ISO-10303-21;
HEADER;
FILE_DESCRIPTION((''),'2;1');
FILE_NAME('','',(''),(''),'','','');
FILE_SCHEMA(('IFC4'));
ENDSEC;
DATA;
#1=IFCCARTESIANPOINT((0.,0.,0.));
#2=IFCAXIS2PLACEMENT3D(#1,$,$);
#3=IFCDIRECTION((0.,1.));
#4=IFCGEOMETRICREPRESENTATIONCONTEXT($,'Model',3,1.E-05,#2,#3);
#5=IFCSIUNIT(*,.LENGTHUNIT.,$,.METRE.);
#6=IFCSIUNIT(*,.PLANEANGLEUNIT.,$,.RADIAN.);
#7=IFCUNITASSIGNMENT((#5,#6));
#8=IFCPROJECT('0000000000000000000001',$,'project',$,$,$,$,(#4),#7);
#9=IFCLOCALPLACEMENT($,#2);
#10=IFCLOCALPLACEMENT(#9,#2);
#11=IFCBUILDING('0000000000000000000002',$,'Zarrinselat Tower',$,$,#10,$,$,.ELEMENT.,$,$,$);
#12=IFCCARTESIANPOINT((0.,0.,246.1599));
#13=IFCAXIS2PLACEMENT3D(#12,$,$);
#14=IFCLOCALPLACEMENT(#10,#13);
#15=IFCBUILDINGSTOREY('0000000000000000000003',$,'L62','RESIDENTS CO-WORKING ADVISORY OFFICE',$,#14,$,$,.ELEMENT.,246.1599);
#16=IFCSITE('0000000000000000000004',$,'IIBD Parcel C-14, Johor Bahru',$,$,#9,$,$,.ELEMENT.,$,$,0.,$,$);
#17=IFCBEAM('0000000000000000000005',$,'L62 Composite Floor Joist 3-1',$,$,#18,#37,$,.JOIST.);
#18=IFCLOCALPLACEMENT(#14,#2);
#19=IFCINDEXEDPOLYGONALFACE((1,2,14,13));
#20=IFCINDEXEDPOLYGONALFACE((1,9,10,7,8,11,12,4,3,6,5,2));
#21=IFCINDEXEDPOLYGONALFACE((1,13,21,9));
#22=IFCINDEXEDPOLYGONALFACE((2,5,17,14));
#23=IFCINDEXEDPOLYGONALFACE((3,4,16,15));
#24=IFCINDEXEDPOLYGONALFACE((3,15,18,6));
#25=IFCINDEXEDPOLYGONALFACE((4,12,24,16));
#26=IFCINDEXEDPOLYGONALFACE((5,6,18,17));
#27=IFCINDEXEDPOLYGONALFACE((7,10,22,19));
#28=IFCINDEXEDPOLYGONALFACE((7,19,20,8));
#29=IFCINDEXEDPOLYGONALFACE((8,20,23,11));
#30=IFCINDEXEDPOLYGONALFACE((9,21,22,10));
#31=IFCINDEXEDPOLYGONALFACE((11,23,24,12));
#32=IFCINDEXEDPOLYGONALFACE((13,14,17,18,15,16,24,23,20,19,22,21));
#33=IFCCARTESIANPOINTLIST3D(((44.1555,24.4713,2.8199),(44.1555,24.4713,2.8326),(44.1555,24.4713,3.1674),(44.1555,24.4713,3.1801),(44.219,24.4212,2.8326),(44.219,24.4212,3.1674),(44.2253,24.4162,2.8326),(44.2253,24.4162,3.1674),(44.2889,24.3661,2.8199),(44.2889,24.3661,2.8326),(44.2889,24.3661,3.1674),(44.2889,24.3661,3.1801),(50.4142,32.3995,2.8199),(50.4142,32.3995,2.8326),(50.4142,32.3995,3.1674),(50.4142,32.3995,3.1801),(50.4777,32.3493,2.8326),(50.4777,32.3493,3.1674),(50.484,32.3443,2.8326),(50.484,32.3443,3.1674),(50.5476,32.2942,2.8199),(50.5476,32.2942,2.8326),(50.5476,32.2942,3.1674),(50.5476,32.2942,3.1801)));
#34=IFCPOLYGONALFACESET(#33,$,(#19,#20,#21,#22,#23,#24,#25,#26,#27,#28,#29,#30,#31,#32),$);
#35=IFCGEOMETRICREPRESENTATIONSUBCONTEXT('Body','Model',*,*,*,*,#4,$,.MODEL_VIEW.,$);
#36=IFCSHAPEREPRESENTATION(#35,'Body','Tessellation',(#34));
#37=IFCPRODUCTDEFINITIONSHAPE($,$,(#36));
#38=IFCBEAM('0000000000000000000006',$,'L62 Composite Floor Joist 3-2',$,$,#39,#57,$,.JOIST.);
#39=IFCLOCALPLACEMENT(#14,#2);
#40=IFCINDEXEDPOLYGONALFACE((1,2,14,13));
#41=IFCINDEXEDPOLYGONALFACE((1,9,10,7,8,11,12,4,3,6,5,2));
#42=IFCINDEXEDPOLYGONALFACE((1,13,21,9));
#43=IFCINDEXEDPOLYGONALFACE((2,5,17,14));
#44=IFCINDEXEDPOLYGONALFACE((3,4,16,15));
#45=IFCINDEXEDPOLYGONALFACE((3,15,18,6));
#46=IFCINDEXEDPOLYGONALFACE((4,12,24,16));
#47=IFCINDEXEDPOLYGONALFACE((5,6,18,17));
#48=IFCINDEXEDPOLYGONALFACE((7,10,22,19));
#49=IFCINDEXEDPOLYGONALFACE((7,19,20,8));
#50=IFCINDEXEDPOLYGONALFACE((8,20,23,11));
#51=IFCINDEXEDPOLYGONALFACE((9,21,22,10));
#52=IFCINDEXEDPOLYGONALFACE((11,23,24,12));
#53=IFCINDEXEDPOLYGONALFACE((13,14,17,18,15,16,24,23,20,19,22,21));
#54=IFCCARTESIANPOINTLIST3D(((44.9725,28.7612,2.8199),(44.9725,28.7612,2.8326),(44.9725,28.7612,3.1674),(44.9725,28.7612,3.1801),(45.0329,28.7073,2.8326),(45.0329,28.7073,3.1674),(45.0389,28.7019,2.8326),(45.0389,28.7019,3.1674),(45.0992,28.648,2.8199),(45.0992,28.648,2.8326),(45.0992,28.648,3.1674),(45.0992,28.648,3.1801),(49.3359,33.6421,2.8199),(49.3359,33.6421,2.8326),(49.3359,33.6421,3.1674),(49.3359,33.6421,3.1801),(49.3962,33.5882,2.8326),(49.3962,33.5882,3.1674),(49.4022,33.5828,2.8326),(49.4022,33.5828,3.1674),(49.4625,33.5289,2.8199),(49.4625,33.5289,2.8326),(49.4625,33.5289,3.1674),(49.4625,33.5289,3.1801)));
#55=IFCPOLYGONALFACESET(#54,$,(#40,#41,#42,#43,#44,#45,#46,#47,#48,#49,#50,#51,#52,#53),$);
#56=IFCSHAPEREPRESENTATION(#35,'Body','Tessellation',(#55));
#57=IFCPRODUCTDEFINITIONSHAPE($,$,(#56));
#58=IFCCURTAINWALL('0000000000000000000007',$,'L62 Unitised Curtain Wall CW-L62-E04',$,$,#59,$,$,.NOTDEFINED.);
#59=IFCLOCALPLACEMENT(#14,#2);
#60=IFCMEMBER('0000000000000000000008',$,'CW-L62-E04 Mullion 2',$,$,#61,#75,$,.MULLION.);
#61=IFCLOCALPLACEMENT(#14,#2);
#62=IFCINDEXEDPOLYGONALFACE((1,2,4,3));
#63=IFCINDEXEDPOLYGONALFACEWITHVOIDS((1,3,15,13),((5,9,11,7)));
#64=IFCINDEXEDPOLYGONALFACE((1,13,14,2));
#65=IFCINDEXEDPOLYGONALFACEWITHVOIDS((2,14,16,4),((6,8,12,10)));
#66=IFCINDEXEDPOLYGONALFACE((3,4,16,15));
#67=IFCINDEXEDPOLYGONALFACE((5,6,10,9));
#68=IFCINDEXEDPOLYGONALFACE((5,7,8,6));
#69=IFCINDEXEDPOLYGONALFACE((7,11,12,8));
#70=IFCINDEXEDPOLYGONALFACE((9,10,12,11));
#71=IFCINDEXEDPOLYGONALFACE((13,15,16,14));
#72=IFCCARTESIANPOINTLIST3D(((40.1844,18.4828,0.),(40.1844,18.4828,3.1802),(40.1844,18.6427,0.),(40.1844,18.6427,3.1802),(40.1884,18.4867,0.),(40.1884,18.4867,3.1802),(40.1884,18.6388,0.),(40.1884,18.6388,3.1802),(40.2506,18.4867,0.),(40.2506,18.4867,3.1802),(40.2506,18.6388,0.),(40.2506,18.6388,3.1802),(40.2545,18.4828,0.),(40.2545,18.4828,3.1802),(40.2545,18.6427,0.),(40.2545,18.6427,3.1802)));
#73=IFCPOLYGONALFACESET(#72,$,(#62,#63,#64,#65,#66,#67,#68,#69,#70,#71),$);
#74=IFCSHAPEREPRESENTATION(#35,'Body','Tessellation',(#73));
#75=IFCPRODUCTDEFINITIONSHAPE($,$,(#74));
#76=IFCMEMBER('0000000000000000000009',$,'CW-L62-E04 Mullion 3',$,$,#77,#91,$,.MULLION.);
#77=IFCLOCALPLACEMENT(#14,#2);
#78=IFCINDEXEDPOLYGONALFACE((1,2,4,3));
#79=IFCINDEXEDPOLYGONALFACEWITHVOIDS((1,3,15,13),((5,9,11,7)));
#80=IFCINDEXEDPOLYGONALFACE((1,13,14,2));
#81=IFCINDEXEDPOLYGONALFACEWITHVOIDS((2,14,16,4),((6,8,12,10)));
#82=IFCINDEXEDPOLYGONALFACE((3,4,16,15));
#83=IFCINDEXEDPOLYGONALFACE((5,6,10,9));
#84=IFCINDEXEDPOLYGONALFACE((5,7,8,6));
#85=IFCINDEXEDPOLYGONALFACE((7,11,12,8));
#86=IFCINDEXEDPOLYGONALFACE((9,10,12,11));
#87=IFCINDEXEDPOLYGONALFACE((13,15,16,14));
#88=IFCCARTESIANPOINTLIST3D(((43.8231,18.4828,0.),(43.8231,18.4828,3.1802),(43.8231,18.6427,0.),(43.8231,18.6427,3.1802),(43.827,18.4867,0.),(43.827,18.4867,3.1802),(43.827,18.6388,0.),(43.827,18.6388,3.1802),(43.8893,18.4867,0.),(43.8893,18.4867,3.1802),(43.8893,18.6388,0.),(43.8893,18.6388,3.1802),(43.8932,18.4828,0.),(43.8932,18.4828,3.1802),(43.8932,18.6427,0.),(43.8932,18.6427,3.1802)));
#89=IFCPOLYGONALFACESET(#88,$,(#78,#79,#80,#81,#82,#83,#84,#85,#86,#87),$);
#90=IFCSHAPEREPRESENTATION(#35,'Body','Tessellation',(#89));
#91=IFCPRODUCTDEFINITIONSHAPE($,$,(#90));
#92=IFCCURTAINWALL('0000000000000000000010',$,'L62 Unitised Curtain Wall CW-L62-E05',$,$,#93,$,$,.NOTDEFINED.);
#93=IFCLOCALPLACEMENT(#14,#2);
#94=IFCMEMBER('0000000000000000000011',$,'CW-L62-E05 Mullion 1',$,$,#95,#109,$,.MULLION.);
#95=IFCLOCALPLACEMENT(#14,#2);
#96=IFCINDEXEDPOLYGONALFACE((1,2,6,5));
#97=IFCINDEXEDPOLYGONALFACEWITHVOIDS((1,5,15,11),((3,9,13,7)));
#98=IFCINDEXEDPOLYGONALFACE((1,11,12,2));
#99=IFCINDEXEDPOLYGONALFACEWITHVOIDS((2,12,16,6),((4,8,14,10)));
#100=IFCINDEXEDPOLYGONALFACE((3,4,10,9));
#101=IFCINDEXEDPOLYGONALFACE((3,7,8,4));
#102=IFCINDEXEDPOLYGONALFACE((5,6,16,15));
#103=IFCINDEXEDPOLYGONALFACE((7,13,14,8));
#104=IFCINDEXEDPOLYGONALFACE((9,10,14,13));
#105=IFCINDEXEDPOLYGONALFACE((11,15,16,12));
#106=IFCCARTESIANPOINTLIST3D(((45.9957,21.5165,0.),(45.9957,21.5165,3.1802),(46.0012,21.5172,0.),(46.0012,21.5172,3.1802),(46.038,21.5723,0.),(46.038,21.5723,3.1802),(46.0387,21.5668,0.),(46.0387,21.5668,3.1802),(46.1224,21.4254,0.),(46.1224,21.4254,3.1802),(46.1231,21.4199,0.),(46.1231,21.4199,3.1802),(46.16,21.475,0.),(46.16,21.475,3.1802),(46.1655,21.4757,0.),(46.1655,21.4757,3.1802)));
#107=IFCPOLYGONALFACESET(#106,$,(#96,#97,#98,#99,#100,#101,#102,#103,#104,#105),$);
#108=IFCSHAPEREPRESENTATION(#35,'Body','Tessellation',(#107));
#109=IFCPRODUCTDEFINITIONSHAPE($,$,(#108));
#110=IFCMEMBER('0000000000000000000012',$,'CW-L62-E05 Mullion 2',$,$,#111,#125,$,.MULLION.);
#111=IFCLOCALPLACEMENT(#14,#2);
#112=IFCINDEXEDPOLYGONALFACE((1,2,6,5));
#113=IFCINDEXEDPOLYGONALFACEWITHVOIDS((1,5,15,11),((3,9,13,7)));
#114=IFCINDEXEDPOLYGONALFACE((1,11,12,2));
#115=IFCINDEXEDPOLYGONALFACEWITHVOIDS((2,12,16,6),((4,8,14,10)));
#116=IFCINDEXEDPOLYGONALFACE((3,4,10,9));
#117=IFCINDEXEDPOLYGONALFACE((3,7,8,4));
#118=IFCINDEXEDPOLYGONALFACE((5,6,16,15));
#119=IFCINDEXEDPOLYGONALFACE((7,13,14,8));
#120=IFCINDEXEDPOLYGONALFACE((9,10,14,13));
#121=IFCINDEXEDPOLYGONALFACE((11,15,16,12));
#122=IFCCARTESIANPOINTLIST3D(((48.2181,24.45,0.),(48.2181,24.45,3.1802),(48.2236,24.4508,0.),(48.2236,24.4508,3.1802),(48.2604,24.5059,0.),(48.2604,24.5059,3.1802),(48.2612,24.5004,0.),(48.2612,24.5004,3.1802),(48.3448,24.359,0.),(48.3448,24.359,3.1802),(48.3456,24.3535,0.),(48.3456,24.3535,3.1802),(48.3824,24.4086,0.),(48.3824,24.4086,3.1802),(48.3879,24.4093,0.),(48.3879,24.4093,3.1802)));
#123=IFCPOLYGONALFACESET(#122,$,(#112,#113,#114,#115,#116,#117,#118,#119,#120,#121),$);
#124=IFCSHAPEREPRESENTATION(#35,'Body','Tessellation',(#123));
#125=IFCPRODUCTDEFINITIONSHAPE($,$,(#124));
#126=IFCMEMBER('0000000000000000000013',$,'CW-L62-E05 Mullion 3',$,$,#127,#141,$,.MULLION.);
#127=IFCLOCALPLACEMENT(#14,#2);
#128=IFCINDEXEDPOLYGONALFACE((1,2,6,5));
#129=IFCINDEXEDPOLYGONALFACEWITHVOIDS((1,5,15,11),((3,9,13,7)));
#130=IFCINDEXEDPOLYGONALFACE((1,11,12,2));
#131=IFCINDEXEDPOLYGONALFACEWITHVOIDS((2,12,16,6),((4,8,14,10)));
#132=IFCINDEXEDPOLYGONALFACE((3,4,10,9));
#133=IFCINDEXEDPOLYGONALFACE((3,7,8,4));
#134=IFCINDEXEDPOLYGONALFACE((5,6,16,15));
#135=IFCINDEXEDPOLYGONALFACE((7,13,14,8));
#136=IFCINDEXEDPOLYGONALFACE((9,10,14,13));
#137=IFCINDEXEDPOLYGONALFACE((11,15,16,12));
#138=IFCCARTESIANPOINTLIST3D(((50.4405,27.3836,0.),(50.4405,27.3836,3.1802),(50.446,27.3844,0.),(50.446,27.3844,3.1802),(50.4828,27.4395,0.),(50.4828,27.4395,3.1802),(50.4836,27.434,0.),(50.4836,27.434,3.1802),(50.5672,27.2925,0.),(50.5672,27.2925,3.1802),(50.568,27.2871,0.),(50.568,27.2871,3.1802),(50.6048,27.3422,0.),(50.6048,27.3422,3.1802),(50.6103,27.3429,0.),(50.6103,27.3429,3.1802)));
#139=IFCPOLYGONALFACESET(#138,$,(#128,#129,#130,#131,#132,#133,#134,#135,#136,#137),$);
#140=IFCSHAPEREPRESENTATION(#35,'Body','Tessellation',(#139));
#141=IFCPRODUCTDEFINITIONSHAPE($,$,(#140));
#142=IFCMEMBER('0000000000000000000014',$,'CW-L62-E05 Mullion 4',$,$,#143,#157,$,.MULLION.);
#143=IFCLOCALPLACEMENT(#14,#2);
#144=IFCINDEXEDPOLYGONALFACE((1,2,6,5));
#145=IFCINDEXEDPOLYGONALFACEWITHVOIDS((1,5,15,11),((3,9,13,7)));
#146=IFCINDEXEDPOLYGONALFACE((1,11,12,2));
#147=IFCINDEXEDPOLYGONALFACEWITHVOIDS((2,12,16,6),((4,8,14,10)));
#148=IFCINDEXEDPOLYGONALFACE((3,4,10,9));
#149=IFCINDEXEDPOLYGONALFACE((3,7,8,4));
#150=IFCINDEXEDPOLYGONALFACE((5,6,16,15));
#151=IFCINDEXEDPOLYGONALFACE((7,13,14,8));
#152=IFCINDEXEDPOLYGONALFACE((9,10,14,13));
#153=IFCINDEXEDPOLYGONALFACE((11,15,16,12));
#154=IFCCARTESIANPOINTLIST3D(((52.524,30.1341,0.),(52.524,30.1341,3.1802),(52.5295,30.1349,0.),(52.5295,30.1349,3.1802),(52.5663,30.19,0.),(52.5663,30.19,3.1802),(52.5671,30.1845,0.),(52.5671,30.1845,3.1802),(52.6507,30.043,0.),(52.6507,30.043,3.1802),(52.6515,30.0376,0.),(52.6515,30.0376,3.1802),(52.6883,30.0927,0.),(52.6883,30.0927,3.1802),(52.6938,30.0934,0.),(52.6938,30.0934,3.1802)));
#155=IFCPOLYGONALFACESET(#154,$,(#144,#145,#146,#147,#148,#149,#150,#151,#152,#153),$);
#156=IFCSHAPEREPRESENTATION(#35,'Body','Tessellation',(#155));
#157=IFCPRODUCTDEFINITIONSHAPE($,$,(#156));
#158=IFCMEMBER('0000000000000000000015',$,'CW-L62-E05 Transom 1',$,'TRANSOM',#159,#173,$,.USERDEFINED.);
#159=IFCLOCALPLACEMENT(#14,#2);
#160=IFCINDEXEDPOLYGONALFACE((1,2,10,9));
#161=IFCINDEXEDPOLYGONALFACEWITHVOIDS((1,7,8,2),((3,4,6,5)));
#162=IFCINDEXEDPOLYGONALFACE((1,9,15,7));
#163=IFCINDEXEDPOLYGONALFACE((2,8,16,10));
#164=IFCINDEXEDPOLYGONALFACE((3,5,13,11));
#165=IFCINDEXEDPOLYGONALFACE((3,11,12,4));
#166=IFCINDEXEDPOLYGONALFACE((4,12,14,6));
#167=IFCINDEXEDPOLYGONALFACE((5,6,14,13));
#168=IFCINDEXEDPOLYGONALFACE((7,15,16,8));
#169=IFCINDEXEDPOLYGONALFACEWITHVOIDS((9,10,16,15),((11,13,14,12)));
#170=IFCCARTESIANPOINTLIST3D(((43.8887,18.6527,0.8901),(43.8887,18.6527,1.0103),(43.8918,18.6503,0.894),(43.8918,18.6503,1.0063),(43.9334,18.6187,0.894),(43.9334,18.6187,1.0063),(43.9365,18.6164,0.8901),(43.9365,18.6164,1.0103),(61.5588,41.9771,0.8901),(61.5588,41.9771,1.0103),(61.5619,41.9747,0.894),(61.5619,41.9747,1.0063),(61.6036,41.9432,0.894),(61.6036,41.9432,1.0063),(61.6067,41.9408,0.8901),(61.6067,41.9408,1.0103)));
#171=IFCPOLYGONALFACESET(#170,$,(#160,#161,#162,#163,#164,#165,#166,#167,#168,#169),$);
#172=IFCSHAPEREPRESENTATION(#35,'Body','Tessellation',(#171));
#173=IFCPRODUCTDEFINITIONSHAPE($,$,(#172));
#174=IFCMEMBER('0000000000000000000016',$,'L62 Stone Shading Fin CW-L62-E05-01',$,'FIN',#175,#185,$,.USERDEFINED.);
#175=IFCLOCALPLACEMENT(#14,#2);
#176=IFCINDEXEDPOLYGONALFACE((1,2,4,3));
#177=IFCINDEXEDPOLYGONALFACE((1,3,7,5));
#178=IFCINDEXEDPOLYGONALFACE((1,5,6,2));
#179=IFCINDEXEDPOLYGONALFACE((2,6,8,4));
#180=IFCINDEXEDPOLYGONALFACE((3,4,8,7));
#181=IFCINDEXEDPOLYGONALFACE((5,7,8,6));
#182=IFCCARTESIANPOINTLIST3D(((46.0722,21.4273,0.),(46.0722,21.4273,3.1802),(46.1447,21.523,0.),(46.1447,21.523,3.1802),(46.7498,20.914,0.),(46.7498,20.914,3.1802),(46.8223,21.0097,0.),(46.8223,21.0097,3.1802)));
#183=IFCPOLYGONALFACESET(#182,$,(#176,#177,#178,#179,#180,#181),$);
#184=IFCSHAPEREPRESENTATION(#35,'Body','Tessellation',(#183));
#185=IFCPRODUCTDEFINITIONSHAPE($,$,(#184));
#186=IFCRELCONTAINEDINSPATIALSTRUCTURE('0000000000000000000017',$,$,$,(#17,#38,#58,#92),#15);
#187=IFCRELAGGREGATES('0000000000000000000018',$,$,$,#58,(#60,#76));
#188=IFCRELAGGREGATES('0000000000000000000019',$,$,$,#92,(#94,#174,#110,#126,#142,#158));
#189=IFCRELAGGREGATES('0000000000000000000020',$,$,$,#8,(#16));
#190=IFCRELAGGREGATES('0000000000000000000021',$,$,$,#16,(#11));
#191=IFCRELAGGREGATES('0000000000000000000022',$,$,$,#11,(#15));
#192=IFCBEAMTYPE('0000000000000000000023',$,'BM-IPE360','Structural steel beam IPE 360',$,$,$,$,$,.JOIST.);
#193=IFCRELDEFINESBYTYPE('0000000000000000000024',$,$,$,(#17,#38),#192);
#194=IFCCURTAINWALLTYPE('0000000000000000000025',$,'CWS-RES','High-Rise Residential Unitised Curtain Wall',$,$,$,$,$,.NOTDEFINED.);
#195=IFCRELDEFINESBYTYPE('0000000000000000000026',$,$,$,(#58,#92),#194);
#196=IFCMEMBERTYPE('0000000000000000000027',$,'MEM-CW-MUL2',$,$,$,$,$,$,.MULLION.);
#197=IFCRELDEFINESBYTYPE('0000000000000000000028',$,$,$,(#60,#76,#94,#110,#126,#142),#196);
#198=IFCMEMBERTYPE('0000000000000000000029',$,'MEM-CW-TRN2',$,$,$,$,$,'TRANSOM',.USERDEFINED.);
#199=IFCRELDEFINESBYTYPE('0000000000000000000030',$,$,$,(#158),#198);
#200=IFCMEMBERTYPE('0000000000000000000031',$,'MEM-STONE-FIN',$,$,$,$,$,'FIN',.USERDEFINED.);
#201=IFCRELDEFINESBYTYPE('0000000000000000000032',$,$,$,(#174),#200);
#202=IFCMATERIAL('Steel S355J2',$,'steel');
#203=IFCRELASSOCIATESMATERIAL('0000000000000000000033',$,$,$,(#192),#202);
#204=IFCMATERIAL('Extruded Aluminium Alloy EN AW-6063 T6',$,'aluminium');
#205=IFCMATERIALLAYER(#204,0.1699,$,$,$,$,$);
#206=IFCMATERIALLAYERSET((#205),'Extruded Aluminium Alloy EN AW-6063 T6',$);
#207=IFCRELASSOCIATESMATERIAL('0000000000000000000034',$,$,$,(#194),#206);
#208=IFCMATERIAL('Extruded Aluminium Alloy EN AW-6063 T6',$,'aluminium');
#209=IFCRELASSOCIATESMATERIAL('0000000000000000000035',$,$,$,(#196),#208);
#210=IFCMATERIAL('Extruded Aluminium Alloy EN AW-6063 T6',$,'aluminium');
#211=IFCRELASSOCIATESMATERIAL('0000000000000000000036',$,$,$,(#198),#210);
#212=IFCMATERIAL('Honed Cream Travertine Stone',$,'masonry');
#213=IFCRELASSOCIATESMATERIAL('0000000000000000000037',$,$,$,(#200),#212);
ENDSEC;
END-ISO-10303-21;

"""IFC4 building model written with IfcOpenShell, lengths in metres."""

from ifc_helpers import new_model, si_unit, direction, frame, origin, origin_2d, place, context, subcontext, project, spatial, rectangle, hollow_rectangle, i_section, extrude, material, layer, layer_set, material_profile, profile_set, type_object, element, aggregate, save


model = new_model("IFC4")

# Units and contexts
model_context = context("Model", 3, precision=1e-05, world=origin(), true_north=direction((0.0, 1.0)))
body_context = subcontext(model_context, "Body", "Model", "MODEL_VIEW")
ifc_project = project(units=[si_unit("LENGTHUNIT", "METRE"), si_unit("PLANEANGLEUNIT", "RADIAN")], contexts=[model_context])

# Site, building, storey
site_placement = place(None, origin())
site = spatial("IfcSite", under=ifc_project, at=site_placement, Name="IIBD Parcel C-14, Johor Bahru", CompositionType="ELEMENT", RefElevation=0.0)
building_placement = place(site_placement, origin())
building = spatial("IfcBuilding", under=site, at=building_placement, Name="Zarrinselat Tower", CompositionType="ELEMENT")
storey_placement = place(building_placement, frame((0.0, 0.0, 246.1599)))
storey = spatial("IfcBuildingStorey", under=building, at=storey_placement, Name="L62", Description="RESIDENTS CO-WORKING ADVISORY OFFICE", CompositionType="ELEMENT", Elevation=246.1599)

# Beams
ifc_material_1 = material(Name="Steel S355J2", Category="steel")
ifc_material_profile_1 = material_profile(ifc_material_1, i_section(OverallWidth=0.1699, OverallDepth=0.3601, WebThickness=0.0081, FlangeThickness=0.0127, at=origin_2d()), Name="IPE 360")
ifc_profile_set_1 = profile_set([ifc_material_profile_1], Name="Steel S355J2")
beam_type_1 = type_object("IfcBeamType", Name="BM-IPE360", Description="Structural steel beam IPE 360", PredefinedType="JOIST", material=ifc_profile_set_1)
beam_1_placement = place(storey_placement, frame((44.2222, 24.4187, 3.0), z_axis=(0.619624, 0.784899, 0.0), x_axis=(-0.784899, 0.619624, 0.0)))
element("IfcBeam", 1, at=beam_1_placement, inside=storey, type_object=beam_type_1, Name="L62 Composite Floor Joist 3-1", PredefinedType="JOIST", context=body_context, shape_type="SweptSolid", body=[
    extrude(i_section(OverallWidth=0.1699, OverallDepth=0.3601, WebThickness=0.0081, FlangeThickness=0.0127, at=origin_2d()), origin(), (0.0, 0.0, 1.0), 10.1008),
])
beam_2_placement = place(storey_placement, frame((45.0359, 28.7046, 3.0), z_axis=(0.666472, 0.74553, 0.0), x_axis=(-0.74553, 0.666472, 0.0)))
element("IfcBeam", 2, at=beam_2_placement, inside=storey, type_object=beam_type_1, Name="L62 Composite Floor Joist 3-2", PredefinedType="JOIST", context=body_context, shape_type="SweptSolid", body=[
    extrude(i_section(OverallWidth=0.1699, OverallDepth=0.3601, WebThickness=0.0081, FlangeThickness=0.0127, at=origin_2d()), origin(), (0.0, 0.0, 1.0), 6.5469),
])

# Curtain walls, members
ifc_material_2 = material(Name="Extruded Aluminium Alloy EN AW-6063 T6", Category="aluminium")
ifc_layer_1 = layer(ifc_material_2, 0.1699)
ifc_layer_set_1 = layer_set([ifc_layer_1], Name="Extruded Aluminium Alloy EN AW-6063 T6")
curtain_wall_type = type_object("IfcCurtainWallType", Name="CWS-RES", Description="High-Rise Residential Unitised Curtain Wall", PredefinedType="NOTDEFINED", material=ifc_layer_set_1)
curtain_wall_1_placement = place(storey_placement, origin())
curtain_wall_1 = element("IfcCurtainWall", 3, at=curtain_wall_1_placement, inside=storey, type_object=curtain_wall_type, Name="L62 Unitised Curtain Wall CW-L62-E04", PredefinedType="NOTDEFINED")
ifc_material_3 = material(Name="Extruded Aluminium Alloy EN AW-6063 T6", Category="aluminium")
ifc_material_profile_2 = material_profile(ifc_material_3, hollow_rectangle(XDim=0.0701, YDim=0.1599, WallThickness=0.0039, at=origin_2d()), Name="RHS 160x70x4")
ifc_profile_set_2 = profile_set([ifc_material_profile_2], Name="Extruded Aluminium Alloy EN AW-6063 T6")
member_type_1 = type_object("IfcMemberType", Name="MEM-CW-MUL2", PredefinedType="MULLION", material=ifc_profile_set_2)
member_1_placement = place(storey_placement, frame((40.2195, 18.5627, 0.0), z_axis=(0.0, 0.0, 1.0), x_axis=(1.0, 0.0, 0.0)))
member_1 = element("IfcMember", 4, at=member_1_placement, type_object=member_type_1, Name="CW-L62-E04 Mullion 2", PredefinedType="MULLION", context=body_context, shape_type="SweptSolid", body=[
    extrude(hollow_rectangle(XDim=0.0701, YDim=0.1599, WallThickness=0.0039, at=origin_2d()), origin(), (0.0, 0.0, 1.0), 3.1802),
])
member_2_placement = place(storey_placement, frame((43.8582, 18.5627, 0.0), z_axis=(0.0, 0.0, 1.0), x_axis=(1.0, 0.0, 0.0)))
member_2 = element("IfcMember", 5, at=member_2_placement, type_object=member_type_1, Name="CW-L62-E04 Mullion 3", PredefinedType="MULLION", context=body_context, shape_type="SweptSolid", body=[
    extrude(hollow_rectangle(XDim=0.0701, YDim=0.1599, WallThickness=0.0039, at=origin_2d()), origin(), (0.0, 0.0, 1.0), 3.1802),
])
curtain_wall_2_placement = place(storey_placement, origin())
curtain_wall_2 = element("IfcCurtainWall", 6, at=curtain_wall_2_placement, inside=storey, type_object=curtain_wall_type, Name="L62 Unitised Curtain Wall CW-L62-E05", PredefinedType="NOTDEFINED")
member_3_placement = place(storey_placement, frame((46.0806, 21.4961, 0.0), z_axis=(0.0, 0.0, 1.0), x_axis=(0.603858, 0.797092, 0.0)))
member_3 = element("IfcMember", 7, at=member_3_placement, type_object=member_type_1, Name="CW-L62-E05 Mullion 1", PredefinedType="MULLION", context=body_context, shape_type="SweptSolid", body=[
    extrude(hollow_rectangle(XDim=0.0701, YDim=0.1599, WallThickness=0.0039, at=origin_2d()), origin(), (0.0, 0.0, 1.0), 3.1802),
])
member_4_placement = place(storey_placement, frame((48.303, 24.4297, 0.0), z_axis=(0.0, 0.0, 1.0), x_axis=(0.603858, 0.797092, 0.0)))
member_4 = element("IfcMember", 8, at=member_4_placement, type_object=member_type_1, Name="CW-L62-E05 Mullion 2", PredefinedType="MULLION", context=body_context, shape_type="SweptSolid", body=[
    extrude(hollow_rectangle(XDim=0.0701, YDim=0.1599, WallThickness=0.0039, at=origin_2d()), origin(), (0.0, 0.0, 1.0), 3.1802),
])
member_5_placement = place(storey_placement, frame((50.5254, 27.3633, 0.0), z_axis=(0.0, 0.0, 1.0), x_axis=(0.603858, 0.797092, 0.0)))
member_5 = element("IfcMember", 9, at=member_5_placement, type_object=member_type_1, Name="CW-L62-E05 Mullion 3", PredefinedType="MULLION", context=body_context, shape_type="SweptSolid", body=[
    extrude(hollow_rectangle(XDim=0.0701, YDim=0.1599, WallThickness=0.0039, at=origin_2d()), origin(), (0.0, 0.0, 1.0), 3.1802),
])
member_6_placement = place(storey_placement, frame((52.6089, 30.1138, 0.0), z_axis=(0.0, 0.0, 1.0), x_axis=(0.603858, 0.797092, 0.0)))
member_6 = element("IfcMember", 10, at=member_6_placement, type_object=member_type_1, Name="CW-L62-E05 Mullion 4", PredefinedType="MULLION", context=body_context, shape_type="SweptSolid", body=[
    extrude(hollow_rectangle(XDim=0.0701, YDim=0.1599, WallThickness=0.0039, at=origin_2d()), origin(), (0.0, 0.0, 1.0), 3.1802),
])
ifc_material_4 = material(Name="Extruded Aluminium Alloy EN AW-6063 T6", Category="aluminium")
ifc_material_profile_3 = material_profile(ifc_material_4, hollow_rectangle(XDim=0.0601, YDim=0.1201, WallThickness=0.0039, at=origin_2d()), Name="RHS 120x60x4")
ifc_profile_set_3 = profile_set([ifc_material_profile_3], Name="Extruded Aluminium Alloy EN AW-6063 T6")
member_type_2 = type_object("IfcMemberType", Name="MEM-CW-TRN2", ElementType="TRANSOM", PredefinedType="USERDEFINED", material=ifc_profile_set_3)
member_7_placement = place(storey_placement, frame((43.9126, 18.6345, 0.9502), z_axis=(0.60386, 0.79709, 0.0), x_axis=(-0.79709, 0.60386, 0.0)))
member_7 = element("IfcMember", 11, at=member_7_placement, type_object=member_type_2, Name="CW-L62-E05 Transom 1", ObjectType="TRANSOM", PredefinedType="USERDEFINED", context=body_context, shape_type="SweptSolid", body=[
    extrude(hollow_rectangle(XDim=0.0601, YDim=0.1201, WallThickness=0.0039, at=origin_2d()), origin(), (0.0, 0.0, 1.0), 29.262),
])
ifc_material_5 = material(Name="Honed Cream Travertine Stone", Category="masonry")
ifc_material_profile_4 = material_profile(ifc_material_5, rectangle(XDim=0.1201, YDim=0.8501, at=origin_2d()), Name="FIN 850x120")
ifc_profile_set_4 = profile_set([ifc_material_profile_4], Name="Honed Cream Travertine Stone")
member_type_3 = type_object("IfcMemberType", Name="MEM-STONE-FIN", ElementType="FIN", PredefinedType="USERDEFINED", material=ifc_profile_set_4)
member_8_placement = place(storey_placement, frame((46.4473, 21.2185, 0.0), z_axis=(0.0, 0.0, 1.0), x_axis=(-0.603858, -0.797092, 0.0)))
member_8 = element("IfcMember", 12, at=member_8_placement, type_object=member_type_3, Name="L62 Stone Shading Fin CW-L62-E05-01", ObjectType="FIN", PredefinedType="USERDEFINED", context=body_context, shape_type="SweptSolid", body=[
    extrude(rectangle(XDim=0.1201, YDim=0.8501, at=origin_2d()), origin(), (0.0, 0.0, 1.0), 3.1802),
])

aggregate(curtain_wall_1, [member_1, member_2])
aggregate(curtain_wall_2, [member_3, member_8, member_4, member_5, member_6, member_7])

save(model, "model.ifc")
